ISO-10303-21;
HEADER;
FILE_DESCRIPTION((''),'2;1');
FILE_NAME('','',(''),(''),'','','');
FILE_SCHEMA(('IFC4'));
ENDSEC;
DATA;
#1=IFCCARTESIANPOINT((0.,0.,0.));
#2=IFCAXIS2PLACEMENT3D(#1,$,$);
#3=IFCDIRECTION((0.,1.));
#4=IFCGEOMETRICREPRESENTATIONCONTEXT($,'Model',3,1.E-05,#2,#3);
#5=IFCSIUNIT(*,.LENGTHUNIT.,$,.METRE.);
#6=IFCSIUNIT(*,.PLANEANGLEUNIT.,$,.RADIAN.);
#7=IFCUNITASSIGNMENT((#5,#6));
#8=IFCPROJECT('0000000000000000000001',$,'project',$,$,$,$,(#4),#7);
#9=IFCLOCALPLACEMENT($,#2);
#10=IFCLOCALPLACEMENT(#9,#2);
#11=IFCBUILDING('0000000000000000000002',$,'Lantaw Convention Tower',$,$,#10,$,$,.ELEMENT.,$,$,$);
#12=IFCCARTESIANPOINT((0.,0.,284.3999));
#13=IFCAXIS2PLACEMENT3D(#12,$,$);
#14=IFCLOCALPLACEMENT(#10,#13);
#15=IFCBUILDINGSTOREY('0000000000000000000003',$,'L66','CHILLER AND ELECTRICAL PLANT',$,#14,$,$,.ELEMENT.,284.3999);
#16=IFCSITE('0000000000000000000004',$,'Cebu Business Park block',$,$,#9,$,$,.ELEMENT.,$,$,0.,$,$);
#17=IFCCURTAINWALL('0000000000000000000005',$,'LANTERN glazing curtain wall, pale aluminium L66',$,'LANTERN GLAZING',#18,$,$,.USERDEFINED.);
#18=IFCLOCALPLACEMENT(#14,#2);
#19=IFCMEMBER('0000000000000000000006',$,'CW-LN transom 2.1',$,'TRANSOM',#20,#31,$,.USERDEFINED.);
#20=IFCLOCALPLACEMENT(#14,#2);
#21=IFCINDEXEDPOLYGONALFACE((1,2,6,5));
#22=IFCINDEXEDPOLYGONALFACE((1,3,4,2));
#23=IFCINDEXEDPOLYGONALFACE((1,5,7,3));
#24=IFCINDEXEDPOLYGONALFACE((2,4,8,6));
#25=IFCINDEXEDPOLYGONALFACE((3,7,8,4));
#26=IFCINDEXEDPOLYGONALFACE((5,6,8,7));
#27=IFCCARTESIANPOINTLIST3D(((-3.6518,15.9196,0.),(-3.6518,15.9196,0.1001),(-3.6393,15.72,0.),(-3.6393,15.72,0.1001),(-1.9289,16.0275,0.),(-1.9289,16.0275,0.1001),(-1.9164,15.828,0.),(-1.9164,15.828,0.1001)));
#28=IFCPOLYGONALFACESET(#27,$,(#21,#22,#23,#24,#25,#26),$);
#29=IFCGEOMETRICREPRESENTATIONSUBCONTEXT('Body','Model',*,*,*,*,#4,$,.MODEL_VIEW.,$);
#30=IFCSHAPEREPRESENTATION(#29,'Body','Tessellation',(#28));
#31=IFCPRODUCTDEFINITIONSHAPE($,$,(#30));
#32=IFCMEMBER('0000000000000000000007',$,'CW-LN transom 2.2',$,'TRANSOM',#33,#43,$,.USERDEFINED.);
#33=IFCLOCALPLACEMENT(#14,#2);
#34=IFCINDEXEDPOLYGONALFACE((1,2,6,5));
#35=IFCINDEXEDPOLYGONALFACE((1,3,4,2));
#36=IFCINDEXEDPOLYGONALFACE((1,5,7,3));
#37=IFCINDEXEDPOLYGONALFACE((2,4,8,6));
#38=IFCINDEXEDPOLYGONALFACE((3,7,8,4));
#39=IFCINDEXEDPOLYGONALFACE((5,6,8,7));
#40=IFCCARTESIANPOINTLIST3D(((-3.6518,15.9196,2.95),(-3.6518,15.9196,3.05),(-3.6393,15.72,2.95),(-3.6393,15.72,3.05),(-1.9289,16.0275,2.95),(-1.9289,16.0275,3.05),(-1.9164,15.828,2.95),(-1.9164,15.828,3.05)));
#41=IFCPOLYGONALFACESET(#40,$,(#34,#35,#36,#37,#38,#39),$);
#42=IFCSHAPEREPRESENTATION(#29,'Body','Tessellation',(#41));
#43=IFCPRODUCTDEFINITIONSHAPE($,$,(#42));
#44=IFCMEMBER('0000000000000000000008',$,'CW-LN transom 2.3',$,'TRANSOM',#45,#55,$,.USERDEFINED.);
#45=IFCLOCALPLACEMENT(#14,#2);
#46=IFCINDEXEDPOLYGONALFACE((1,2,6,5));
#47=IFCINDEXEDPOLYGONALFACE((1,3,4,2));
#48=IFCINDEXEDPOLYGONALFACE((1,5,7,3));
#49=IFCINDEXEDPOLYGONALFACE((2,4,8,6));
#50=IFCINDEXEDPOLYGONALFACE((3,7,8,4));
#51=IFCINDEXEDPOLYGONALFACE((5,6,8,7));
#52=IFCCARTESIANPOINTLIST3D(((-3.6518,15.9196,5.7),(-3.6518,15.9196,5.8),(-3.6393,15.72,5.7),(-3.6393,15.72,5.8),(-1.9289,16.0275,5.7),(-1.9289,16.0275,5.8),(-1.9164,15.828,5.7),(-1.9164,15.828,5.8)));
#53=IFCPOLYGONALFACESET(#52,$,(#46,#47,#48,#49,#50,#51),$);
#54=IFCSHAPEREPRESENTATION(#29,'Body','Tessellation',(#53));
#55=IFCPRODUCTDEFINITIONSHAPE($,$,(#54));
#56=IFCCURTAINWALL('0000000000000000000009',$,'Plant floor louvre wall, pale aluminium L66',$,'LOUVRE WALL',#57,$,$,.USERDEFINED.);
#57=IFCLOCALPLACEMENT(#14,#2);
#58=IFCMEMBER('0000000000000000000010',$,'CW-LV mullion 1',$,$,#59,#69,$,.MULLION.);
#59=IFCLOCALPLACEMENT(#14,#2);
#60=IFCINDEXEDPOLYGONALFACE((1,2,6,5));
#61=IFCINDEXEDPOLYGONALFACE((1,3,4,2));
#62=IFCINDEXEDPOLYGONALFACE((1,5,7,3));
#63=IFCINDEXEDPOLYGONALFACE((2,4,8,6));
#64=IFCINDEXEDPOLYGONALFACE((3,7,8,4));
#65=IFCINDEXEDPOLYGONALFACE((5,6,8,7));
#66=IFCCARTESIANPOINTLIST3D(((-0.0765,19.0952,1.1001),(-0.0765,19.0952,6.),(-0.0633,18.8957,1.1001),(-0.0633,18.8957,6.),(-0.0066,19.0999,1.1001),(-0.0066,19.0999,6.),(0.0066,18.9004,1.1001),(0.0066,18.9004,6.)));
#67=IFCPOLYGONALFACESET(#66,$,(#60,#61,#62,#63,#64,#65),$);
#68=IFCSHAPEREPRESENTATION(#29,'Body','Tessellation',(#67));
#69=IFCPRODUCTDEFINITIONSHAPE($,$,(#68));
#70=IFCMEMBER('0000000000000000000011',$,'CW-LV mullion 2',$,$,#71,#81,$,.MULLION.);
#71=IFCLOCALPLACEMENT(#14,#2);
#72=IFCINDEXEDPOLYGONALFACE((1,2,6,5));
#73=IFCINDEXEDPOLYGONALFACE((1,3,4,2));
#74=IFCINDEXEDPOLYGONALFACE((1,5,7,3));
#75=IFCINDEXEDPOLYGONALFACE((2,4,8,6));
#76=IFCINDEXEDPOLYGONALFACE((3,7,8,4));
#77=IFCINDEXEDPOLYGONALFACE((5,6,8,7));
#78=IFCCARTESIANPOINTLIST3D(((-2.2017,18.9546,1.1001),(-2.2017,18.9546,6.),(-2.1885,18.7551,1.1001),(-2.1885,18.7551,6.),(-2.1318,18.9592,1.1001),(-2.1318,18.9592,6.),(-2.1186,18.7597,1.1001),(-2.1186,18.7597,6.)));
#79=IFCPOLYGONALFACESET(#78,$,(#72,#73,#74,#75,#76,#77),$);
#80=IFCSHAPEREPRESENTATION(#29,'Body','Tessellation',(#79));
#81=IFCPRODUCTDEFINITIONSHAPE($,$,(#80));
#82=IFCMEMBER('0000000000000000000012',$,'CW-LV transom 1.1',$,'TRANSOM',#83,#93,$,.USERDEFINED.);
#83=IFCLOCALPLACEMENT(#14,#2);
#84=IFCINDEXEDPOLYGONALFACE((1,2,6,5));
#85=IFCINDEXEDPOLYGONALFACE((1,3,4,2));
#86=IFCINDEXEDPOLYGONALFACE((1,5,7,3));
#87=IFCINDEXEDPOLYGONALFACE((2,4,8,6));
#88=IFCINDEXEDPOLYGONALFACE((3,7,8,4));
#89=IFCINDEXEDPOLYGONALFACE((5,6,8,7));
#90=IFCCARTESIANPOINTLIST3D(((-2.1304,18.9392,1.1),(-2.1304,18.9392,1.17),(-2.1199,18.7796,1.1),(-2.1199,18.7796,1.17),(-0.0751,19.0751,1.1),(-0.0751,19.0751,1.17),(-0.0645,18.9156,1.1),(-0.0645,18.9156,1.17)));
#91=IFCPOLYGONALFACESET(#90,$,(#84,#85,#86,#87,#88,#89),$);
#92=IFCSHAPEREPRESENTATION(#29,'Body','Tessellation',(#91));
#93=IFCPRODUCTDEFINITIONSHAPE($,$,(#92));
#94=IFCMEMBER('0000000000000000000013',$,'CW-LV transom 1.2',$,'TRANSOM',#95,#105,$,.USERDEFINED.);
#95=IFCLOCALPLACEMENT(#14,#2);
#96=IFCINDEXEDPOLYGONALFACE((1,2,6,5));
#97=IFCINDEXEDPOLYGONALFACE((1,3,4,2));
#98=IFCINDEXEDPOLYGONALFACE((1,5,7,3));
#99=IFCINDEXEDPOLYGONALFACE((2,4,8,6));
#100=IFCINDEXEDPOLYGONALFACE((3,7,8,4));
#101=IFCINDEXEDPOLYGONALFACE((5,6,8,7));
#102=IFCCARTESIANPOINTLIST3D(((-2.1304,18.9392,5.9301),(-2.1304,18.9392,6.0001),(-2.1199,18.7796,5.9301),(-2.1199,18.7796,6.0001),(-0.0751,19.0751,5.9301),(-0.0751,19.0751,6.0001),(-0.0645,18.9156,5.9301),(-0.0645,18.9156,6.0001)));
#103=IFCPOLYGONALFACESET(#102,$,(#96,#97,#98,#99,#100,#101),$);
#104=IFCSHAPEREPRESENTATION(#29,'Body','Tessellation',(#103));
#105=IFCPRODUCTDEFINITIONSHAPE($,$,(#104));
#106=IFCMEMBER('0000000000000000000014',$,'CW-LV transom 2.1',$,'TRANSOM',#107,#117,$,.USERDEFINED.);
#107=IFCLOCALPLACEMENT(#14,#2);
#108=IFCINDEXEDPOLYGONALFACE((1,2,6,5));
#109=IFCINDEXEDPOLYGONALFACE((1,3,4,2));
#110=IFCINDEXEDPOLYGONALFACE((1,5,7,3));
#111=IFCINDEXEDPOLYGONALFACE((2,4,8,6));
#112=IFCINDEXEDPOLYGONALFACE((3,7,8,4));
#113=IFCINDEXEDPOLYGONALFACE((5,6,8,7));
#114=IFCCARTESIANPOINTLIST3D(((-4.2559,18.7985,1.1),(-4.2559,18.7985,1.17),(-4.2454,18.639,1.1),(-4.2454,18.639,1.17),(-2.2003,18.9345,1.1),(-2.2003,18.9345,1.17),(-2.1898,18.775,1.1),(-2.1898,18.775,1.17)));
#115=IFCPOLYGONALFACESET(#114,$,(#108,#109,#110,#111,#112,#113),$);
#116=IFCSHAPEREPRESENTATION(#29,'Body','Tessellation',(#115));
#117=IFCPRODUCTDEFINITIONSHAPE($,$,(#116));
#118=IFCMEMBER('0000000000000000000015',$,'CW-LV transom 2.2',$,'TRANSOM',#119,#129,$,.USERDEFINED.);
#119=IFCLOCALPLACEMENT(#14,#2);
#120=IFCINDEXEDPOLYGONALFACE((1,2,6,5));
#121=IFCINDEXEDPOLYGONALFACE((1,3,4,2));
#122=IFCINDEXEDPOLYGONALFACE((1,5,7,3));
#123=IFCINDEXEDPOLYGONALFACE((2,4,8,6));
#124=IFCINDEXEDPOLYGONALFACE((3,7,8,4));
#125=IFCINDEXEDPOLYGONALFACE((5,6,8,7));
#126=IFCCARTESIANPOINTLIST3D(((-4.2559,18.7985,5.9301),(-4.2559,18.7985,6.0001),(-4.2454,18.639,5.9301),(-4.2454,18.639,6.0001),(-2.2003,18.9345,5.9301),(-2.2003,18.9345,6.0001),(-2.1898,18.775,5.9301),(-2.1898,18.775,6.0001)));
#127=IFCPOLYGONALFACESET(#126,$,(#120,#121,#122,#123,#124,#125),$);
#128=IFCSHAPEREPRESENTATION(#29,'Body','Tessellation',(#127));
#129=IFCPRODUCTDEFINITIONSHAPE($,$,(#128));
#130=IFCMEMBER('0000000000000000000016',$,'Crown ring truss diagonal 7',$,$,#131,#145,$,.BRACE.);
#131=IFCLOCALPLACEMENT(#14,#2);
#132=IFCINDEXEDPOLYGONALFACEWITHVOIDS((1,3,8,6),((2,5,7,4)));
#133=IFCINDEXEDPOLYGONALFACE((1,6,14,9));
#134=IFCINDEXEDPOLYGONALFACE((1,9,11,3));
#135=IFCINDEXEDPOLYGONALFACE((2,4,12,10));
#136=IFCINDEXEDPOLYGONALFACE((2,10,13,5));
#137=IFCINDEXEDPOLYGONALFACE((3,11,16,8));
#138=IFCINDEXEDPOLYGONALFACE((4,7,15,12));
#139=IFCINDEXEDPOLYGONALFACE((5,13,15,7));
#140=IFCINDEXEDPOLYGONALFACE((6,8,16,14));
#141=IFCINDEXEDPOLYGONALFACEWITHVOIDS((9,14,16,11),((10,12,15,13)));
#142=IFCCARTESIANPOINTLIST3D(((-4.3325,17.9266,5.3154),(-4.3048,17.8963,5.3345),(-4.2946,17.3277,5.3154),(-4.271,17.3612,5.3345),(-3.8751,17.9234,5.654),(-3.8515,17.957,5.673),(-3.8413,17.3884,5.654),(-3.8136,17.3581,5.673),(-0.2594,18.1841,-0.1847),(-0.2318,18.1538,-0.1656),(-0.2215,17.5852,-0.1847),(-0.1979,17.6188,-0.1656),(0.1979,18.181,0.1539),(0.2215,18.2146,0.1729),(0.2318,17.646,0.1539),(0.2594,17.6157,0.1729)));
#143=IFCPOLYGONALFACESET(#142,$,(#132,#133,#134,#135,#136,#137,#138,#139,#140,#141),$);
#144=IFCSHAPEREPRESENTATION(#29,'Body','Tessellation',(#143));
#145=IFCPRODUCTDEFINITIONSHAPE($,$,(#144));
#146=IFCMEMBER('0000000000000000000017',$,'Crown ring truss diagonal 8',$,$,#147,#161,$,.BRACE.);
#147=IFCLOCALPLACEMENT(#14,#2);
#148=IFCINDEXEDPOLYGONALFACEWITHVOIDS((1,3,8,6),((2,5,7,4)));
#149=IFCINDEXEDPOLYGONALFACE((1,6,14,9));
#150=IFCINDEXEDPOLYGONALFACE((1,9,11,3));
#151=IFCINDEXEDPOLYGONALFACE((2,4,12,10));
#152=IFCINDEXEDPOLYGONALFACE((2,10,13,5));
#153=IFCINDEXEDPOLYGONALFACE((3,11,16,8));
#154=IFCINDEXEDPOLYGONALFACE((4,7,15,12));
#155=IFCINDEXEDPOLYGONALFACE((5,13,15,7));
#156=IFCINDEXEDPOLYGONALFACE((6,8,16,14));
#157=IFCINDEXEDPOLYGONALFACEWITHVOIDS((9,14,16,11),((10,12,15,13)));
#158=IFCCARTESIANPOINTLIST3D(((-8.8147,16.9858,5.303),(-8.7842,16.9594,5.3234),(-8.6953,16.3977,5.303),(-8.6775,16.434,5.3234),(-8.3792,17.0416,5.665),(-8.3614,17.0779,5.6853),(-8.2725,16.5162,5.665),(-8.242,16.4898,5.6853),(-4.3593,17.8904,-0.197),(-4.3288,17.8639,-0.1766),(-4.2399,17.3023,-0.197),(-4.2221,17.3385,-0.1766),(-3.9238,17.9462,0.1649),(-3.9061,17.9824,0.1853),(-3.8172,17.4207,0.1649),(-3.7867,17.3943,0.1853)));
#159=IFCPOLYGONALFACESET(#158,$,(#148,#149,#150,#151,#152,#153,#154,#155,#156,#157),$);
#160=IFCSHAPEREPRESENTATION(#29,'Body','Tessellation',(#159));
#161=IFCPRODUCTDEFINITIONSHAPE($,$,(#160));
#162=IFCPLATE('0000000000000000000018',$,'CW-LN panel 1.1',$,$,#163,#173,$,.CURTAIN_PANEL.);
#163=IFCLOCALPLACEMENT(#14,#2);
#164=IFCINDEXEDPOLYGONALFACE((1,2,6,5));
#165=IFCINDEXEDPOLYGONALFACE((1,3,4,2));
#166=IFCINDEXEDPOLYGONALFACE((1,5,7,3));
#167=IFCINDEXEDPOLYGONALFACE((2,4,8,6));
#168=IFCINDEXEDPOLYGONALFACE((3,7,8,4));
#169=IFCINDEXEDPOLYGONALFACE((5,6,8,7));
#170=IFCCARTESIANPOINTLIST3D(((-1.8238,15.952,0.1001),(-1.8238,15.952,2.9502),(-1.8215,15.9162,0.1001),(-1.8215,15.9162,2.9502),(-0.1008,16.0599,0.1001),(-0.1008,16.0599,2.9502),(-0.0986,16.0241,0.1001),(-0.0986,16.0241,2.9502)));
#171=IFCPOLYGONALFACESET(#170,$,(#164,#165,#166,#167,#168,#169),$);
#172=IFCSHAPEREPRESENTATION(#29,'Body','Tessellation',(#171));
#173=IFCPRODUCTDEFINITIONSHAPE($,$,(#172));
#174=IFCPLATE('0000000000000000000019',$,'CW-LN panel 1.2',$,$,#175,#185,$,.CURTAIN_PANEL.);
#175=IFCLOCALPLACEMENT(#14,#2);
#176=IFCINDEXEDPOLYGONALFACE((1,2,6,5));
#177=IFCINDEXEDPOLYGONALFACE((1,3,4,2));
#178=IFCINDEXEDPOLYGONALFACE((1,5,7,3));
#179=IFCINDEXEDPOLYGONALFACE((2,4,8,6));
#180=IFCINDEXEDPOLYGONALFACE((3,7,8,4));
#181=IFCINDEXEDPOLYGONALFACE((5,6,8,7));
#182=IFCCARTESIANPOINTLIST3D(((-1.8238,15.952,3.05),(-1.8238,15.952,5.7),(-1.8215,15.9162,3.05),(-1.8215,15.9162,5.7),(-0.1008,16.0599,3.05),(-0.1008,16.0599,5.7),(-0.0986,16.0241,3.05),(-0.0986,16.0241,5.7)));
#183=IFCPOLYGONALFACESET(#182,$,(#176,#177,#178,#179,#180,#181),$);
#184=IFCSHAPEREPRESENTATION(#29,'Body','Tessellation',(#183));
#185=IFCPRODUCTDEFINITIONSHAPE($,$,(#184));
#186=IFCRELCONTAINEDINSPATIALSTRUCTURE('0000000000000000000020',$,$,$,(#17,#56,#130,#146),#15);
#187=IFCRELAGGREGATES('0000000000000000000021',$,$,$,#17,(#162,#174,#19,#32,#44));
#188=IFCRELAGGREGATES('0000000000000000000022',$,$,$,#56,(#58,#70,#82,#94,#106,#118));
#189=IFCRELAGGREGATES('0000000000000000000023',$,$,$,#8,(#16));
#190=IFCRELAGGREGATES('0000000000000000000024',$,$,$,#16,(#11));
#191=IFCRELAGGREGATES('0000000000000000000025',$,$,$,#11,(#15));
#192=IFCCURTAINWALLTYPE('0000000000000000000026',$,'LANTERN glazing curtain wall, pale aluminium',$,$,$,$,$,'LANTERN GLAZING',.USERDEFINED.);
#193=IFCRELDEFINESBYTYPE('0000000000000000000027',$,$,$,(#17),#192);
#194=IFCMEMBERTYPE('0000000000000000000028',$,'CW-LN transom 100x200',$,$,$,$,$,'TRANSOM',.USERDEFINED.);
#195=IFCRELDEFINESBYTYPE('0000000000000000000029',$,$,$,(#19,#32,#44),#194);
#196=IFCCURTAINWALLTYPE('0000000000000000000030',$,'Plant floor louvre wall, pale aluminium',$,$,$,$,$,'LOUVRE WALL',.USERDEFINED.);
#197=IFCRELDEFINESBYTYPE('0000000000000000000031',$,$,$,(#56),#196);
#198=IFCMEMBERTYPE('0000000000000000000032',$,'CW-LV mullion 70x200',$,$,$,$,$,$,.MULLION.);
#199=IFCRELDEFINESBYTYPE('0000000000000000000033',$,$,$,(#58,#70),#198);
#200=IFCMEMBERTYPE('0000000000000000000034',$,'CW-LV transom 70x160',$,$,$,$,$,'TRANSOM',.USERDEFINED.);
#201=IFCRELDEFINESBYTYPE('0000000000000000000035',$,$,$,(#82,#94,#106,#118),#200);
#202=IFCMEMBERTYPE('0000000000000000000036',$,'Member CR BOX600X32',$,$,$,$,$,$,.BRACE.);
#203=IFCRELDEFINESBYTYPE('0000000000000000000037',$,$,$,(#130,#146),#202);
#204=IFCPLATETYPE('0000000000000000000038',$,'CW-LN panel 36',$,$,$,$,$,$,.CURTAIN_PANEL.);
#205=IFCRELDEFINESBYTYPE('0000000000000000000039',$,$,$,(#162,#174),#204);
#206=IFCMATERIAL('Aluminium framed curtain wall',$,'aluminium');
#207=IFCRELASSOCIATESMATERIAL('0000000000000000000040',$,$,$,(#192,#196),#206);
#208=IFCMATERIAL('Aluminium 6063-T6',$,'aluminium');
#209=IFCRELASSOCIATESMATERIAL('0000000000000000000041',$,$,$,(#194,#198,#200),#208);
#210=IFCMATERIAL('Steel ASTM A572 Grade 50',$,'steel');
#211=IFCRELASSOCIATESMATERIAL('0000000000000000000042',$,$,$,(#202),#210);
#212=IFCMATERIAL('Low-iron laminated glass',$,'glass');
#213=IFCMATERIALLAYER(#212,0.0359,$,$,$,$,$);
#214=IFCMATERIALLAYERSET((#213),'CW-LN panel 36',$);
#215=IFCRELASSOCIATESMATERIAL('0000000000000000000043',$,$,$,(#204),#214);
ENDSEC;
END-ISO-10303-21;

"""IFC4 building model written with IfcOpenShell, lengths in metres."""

from ifc_helpers import new_model, si_unit, direction, frame, origin, origin_2d, place, context, subcontext, project, spatial, rectangle, hollow_rectangle, extrude, material, layer, layer_set, material_profile, profile_set, type_object, element, aggregate, save


model = new_model("IFC4")

# Units and contexts
model_context = context("Model", 3, precision=1e-05, world=origin(), true_north=direction((0.0, 1.0)))
body_context = subcontext(model_context, "Body", "Model", "MODEL_VIEW")
ifc_project = project(units=[si_unit("LENGTHUNIT", "METRE"), si_unit("PLANEANGLEUNIT", "RADIAN")], contexts=[model_context])

# Site, building, storey
site_placement = place(None, origin())
site = spatial("IfcSite", under=ifc_project, at=site_placement, Name="Cebu Business Park block", CompositionType="ELEMENT", RefElevation=0.0)
building_placement = place(site_placement, origin())
building = spatial("IfcBuilding", under=site, at=building_placement, Name="Lantaw Convention Tower", CompositionType="ELEMENT")
storey_placement = place(building_placement, frame((0.0, 0.0, 284.3999)))
storey = spatial("IfcBuildingStorey", under=building, at=storey_placement, Name="L66", Description="CHILLER AND ELECTRICAL PLANT", CompositionType="ELEMENT", Elevation=284.3999)

# Curtain walls, members
ifc_material_1 = material(Name="Aluminium framed curtain wall", Category="aluminium")
curtain_wall_type_1 = type_object("IfcCurtainWallType", Name="LANTERN glazing curtain wall, pale aluminium", ElementType="LANTERN GLAZING", PredefinedType="USERDEFINED", material=ifc_material_1)
curtain_wall_1_placement = place(storey_placement, origin())
curtain_wall_1 = element("IfcCurtainWall", 1, at=curtain_wall_1_placement, inside=storey, type_object=curtain_wall_type_1, Name="LANTERN glazing curtain wall, pale aluminium L66", ObjectType="LANTERN GLAZING", PredefinedType="USERDEFINED")
ifc_material_2 = material(Name="Aluminium 6063-T6", Category="aluminium")
ifc_material_profile_1 = material_profile(ifc_material_2, rectangle(XDim=0.2, YDim=0.1001, at=origin_2d()), Name="CW-LN transom 100x200")
ifc_profile_set_1 = profile_set([ifc_material_profile_1], Name="Aluminium 6063-T6")
member_type_1 = type_object("IfcMemberType", Name="CW-LN transom 100x200", ElementType="TRANSOM", PredefinedType="USERDEFINED", material=ifc_profile_set_1)
member_1_placement = place(storey_placement, frame((-1.9226, 15.9277, 0.05), z_axis=(-0.998044, -0.06251, 0.0), x_axis=(0.06251, -0.998044, 0.0)))
member_1 = element("IfcMember", 2, at=member_1_placement, type_object=member_type_1, Name="CW-LN transom 2.1", ObjectType="TRANSOM", PredefinedType="USERDEFINED", context=body_context, shape_type="SweptSolid", body=[
    extrude(rectangle(XDim=0.2, YDim=0.1001, at=origin_2d()), origin(), (0.0, 0.0, 1.0), 1.7263),
])
member_2_placement = place(storey_placement, frame((-1.9226, 15.9277, 3.0), z_axis=(-0.998044, -0.06251, 0.0), x_axis=(0.06251, -0.998044, 0.0)))
member_2 = element("IfcMember", 3, at=member_2_placement, type_object=member_type_1, Name="CW-LN transom 2.2", ObjectType="TRANSOM", PredefinedType="USERDEFINED", context=body_context, shape_type="SweptSolid", body=[
    extrude(rectangle(XDim=0.2, YDim=0.1001, at=origin_2d()), origin(), (0.0, 0.0, 1.0), 1.7263),
])
member_3_placement = place(storey_placement, frame((-1.9226, 15.9277, 5.75), z_axis=(-0.998044, -0.06251, 0.0), x_axis=(0.06251, -0.998044, 0.0)))
member_3 = element("IfcMember", 4, at=member_3_placement, type_object=member_type_1, Name="CW-LN transom 2.3", ObjectType="TRANSOM", PredefinedType="USERDEFINED", context=body_context, shape_type="SweptSolid", body=[
    extrude(rectangle(XDim=0.2, YDim=0.1001, at=origin_2d()), origin(), (0.0, 0.0, 1.0), 1.7263),
])
curtain_wall_type_2 = type_object("IfcCurtainWallType", Name="Plant floor louvre wall, pale aluminium", ElementType="LOUVRE WALL", PredefinedType="USERDEFINED", material=ifc_material_1)
curtain_wall_2_placement = place(storey_placement, origin())
curtain_wall_2 = element("IfcCurtainWall", 5, at=curtain_wall_2_placement, inside=storey, type_object=curtain_wall_type_2, Name="Plant floor louvre wall, pale aluminium L66", ObjectType="LOUVRE WALL", PredefinedType="USERDEFINED")
ifc_material_profile_2 = material_profile(ifc_material_2, rectangle(XDim=0.2, YDim=0.0701, at=origin_2d()), Name="CW-LV mullion 70x200")
ifc_profile_set_2 = profile_set([ifc_material_profile_2], Name="Aluminium 6063-T6")
member_type_2 = type_object("IfcMemberType", Name="CW-LV mullion 70x200", PredefinedType="MULLION", material=ifc_profile_set_2)
member_4_placement = place(storey_placement, frame((-0.0349, 18.9978, 1.1001), z_axis=(0.0, 0.0, 1.0), x_axis=(0.066025, -0.997818, 0.0)))
member_4 = element("IfcMember", 6, at=member_4_placement, type_object=member_type_2, Name="CW-LV mullion 1", PredefinedType="MULLION", context=body_context, shape_type="SweptSolid", body=[
    extrude(rectangle(XDim=0.2, YDim=0.0701, at=origin_2d()), origin(), (0.0, 0.0, 1.0), 4.8999),
])
member_5_placement = place(storey_placement, frame((-2.1602, 18.8572, 1.1001), z_axis=(0.0, 0.0, 1.0), x_axis=(0.066025, -0.997818, 0.0)))
member_5 = element("IfcMember", 7, at=member_5_placement, type_object=member_type_2, Name="CW-LV mullion 2", PredefinedType="MULLION", context=body_context, shape_type="SweptSolid", body=[
    extrude(rectangle(XDim=0.2, YDim=0.0701, at=origin_2d()), origin(), (0.0, 0.0, 1.0), 4.8999),
])
ifc_material_profile_3 = material_profile(ifc_material_2, rectangle(XDim=0.1599, YDim=0.0701, at=origin_2d()), Name="CW-LV transom 70x160")
ifc_profile_set_3 = profile_set([ifc_material_profile_3], Name="Aluminium 6063-T6")
member_type_3 = type_object("IfcMemberType", Name="CW-LV transom 70x160", ElementType="TRANSOM", PredefinedType="USERDEFINED", material=ifc_profile_set_3)
member_6_placement = place(storey_placement, frame((-0.0698, 18.9954, 1.135), z_axis=(-0.997819, -0.066016, 0.0), x_axis=(0.066016, -0.997819, 0.0)))
member_6 = element("IfcMember", 8, at=member_6_placement, type_object=member_type_3, Name="CW-LV transom 1.1", ObjectType="TRANSOM", PredefinedType="USERDEFINED", context=body_context, shape_type="SweptSolid", body=[
    extrude(rectangle(XDim=0.1599, YDim=0.0701, at=origin_2d()), origin(), (0.0, 0.0, 1.0), 2.0598),
])
member_7_placement = place(storey_placement, frame((-0.0698, 18.9954, 5.9651), z_axis=(-0.997819, -0.066016, 0.0), x_axis=(0.066016, -0.997819, 0.0)))
member_7 = element("IfcMember", 9, at=member_7_placement, type_object=member_type_3, Name="CW-LV transom 1.2", ObjectType="TRANSOM", PredefinedType="USERDEFINED", context=body_context, shape_type="SweptSolid", body=[
    extrude(rectangle(XDim=0.1599, YDim=0.0701, at=origin_2d()), origin(), (0.0, 0.0, 1.0), 2.0598),
])
member_8_placement = place(storey_placement, frame((-2.1951, 18.8547, 1.135), z_axis=(-0.997819, -0.066008, 0.0), x_axis=(0.066008, -0.997819, 0.0)))
member_8 = element("IfcMember", 10, at=member_8_placement, type_object=member_type_3, Name="CW-LV transom 2.1", ObjectType="TRANSOM", PredefinedType="USERDEFINED", context=body_context, shape_type="SweptSolid", body=[
    extrude(rectangle(XDim=0.1599, YDim=0.0701, at=origin_2d()), origin(), (0.0, 0.0, 1.0), 2.0601),
])
member_9_placement = place(storey_placement, frame((-2.1951, 18.8547, 5.9651), z_axis=(-0.997819, -0.066008, 0.0), x_axis=(0.066008, -0.997819, 0.0)))
member_9 = element("IfcMember", 11, at=member_9_placement, type_object=member_type_3, Name="CW-LV transom 2.2", ObjectType="TRANSOM", PredefinedType="USERDEFINED", context=body_context, shape_type="SweptSolid", body=[
    extrude(rectangle(XDim=0.1599, YDim=0.0701, at=origin_2d()), origin(), (0.0, 0.0, 1.0), 2.0601),
])

# Members
ifc_material_3 = material(Name="Steel ASTM A572 Grade 50", Category="steel")
ifc_material_profile_4 = material_profile(ifc_material_3, hollow_rectangle(XDim=0.6001, YDim=0.6001, WallThickness=0.032, at=origin_2d()), Name="BOX600X32")
ifc_profile_set_4 = profile_set([ifc_material_profile_4], Name="Steel ASTM A572 Grade 50")
member_type_4 = type_object("IfcMemberType", Name="Member CR BOX600X32", PredefinedType="BRACE", material=ifc_profile_set_4)
member_10_placement = place(storey_placement, frame((0.0, 17.8999, -0.0059), z_axis=(-0.594705, -0.037608, 0.803064), x_axis=(0.063112, -0.998006, 0.0)))
element("IfcMember", 12, at=member_10_placement, inside=storey, type_object=member_type_4, Name="Crown ring truss diagonal 7", PredefinedType="BRACE", context=body_context, shape_type="SweptSolid", body=[
    extrude(hollow_rectangle(XDim=0.6001, YDim=0.6001, WallThickness=0.032, at=origin_2d()), origin(), (0.0, 0.0, 1.0), 6.8489),
])
member_11_placement = place(storey_placement, frame((-4.073, 17.6423, -0.0059), z_axis=(-0.624371, -0.126763, 0.770773), x_axis=(0.198966, -0.980006, 0.0)))
element("IfcMember", 13, at=member_11_placement, inside=storey, type_object=member_type_4, Name="Crown ring truss diagonal 8", PredefinedType="BRACE", context=body_context, shape_type="SweptSolid", body=[
    extrude(hollow_rectangle(XDim=0.6001, YDim=0.6001, WallThickness=0.032, at=origin_2d()), origin(), (0.0, 0.0, 1.0), 7.1357),
])

# Plates
ifc_material_4 = material(Name="Low-iron laminated glass", Category="glass")
ifc_layer_1 = layer(ifc_material_4, 0.0359)
ifc_layer_set_1 = layer_set([ifc_layer_1], Name="CW-LN panel 36")
plate_type_1 = type_object("IfcPlateType", Name="CW-LN panel 36", PredefinedType="CURTAIN_PANEL", material=ifc_layer_set_1)
plate_1_placement = place(storey_placement, frame((-0.9612, 15.988, 0.1001), z_axis=(0.0, 0.0, 1.0), x_axis=(-0.998046, -0.062489, 0.0)))
plate_1 = element("IfcPlate", 14, at=plate_1_placement, type_object=plate_type_1, Name="CW-LN panel 1.1", PredefinedType="CURTAIN_PANEL", context=body_context, shape_type="SweptSolid", body=[
    extrude(rectangle(XDim=1.7263, YDim=0.0359, at=origin_2d()), origin(), (0.0, 0.0, 1.0), 2.8501),
])
plate_2_placement = place(storey_placement, frame((-0.9612, 15.988, 3.05), z_axis=(0.0, 0.0, 1.0), x_axis=(-0.998046, -0.062489, 0.0)))
plate_2 = element("IfcPlate", 15, at=plate_2_placement, type_object=plate_type_1, Name="CW-LN panel 1.2", PredefinedType="CURTAIN_PANEL", context=body_context, shape_type="SweptSolid", body=[
    extrude(rectangle(XDim=1.7263, YDim=0.0359, at=origin_2d()), origin(), (0.0, 0.0, 1.0), 2.6499),
])
aggregate(curtain_wall_1, [plate_1, plate_2, member_1, member_2, member_3])
aggregate(curtain_wall_2, [member_4, member_5, member_6, member_7, member_8, member_9])

save(model, "model.ifc")
